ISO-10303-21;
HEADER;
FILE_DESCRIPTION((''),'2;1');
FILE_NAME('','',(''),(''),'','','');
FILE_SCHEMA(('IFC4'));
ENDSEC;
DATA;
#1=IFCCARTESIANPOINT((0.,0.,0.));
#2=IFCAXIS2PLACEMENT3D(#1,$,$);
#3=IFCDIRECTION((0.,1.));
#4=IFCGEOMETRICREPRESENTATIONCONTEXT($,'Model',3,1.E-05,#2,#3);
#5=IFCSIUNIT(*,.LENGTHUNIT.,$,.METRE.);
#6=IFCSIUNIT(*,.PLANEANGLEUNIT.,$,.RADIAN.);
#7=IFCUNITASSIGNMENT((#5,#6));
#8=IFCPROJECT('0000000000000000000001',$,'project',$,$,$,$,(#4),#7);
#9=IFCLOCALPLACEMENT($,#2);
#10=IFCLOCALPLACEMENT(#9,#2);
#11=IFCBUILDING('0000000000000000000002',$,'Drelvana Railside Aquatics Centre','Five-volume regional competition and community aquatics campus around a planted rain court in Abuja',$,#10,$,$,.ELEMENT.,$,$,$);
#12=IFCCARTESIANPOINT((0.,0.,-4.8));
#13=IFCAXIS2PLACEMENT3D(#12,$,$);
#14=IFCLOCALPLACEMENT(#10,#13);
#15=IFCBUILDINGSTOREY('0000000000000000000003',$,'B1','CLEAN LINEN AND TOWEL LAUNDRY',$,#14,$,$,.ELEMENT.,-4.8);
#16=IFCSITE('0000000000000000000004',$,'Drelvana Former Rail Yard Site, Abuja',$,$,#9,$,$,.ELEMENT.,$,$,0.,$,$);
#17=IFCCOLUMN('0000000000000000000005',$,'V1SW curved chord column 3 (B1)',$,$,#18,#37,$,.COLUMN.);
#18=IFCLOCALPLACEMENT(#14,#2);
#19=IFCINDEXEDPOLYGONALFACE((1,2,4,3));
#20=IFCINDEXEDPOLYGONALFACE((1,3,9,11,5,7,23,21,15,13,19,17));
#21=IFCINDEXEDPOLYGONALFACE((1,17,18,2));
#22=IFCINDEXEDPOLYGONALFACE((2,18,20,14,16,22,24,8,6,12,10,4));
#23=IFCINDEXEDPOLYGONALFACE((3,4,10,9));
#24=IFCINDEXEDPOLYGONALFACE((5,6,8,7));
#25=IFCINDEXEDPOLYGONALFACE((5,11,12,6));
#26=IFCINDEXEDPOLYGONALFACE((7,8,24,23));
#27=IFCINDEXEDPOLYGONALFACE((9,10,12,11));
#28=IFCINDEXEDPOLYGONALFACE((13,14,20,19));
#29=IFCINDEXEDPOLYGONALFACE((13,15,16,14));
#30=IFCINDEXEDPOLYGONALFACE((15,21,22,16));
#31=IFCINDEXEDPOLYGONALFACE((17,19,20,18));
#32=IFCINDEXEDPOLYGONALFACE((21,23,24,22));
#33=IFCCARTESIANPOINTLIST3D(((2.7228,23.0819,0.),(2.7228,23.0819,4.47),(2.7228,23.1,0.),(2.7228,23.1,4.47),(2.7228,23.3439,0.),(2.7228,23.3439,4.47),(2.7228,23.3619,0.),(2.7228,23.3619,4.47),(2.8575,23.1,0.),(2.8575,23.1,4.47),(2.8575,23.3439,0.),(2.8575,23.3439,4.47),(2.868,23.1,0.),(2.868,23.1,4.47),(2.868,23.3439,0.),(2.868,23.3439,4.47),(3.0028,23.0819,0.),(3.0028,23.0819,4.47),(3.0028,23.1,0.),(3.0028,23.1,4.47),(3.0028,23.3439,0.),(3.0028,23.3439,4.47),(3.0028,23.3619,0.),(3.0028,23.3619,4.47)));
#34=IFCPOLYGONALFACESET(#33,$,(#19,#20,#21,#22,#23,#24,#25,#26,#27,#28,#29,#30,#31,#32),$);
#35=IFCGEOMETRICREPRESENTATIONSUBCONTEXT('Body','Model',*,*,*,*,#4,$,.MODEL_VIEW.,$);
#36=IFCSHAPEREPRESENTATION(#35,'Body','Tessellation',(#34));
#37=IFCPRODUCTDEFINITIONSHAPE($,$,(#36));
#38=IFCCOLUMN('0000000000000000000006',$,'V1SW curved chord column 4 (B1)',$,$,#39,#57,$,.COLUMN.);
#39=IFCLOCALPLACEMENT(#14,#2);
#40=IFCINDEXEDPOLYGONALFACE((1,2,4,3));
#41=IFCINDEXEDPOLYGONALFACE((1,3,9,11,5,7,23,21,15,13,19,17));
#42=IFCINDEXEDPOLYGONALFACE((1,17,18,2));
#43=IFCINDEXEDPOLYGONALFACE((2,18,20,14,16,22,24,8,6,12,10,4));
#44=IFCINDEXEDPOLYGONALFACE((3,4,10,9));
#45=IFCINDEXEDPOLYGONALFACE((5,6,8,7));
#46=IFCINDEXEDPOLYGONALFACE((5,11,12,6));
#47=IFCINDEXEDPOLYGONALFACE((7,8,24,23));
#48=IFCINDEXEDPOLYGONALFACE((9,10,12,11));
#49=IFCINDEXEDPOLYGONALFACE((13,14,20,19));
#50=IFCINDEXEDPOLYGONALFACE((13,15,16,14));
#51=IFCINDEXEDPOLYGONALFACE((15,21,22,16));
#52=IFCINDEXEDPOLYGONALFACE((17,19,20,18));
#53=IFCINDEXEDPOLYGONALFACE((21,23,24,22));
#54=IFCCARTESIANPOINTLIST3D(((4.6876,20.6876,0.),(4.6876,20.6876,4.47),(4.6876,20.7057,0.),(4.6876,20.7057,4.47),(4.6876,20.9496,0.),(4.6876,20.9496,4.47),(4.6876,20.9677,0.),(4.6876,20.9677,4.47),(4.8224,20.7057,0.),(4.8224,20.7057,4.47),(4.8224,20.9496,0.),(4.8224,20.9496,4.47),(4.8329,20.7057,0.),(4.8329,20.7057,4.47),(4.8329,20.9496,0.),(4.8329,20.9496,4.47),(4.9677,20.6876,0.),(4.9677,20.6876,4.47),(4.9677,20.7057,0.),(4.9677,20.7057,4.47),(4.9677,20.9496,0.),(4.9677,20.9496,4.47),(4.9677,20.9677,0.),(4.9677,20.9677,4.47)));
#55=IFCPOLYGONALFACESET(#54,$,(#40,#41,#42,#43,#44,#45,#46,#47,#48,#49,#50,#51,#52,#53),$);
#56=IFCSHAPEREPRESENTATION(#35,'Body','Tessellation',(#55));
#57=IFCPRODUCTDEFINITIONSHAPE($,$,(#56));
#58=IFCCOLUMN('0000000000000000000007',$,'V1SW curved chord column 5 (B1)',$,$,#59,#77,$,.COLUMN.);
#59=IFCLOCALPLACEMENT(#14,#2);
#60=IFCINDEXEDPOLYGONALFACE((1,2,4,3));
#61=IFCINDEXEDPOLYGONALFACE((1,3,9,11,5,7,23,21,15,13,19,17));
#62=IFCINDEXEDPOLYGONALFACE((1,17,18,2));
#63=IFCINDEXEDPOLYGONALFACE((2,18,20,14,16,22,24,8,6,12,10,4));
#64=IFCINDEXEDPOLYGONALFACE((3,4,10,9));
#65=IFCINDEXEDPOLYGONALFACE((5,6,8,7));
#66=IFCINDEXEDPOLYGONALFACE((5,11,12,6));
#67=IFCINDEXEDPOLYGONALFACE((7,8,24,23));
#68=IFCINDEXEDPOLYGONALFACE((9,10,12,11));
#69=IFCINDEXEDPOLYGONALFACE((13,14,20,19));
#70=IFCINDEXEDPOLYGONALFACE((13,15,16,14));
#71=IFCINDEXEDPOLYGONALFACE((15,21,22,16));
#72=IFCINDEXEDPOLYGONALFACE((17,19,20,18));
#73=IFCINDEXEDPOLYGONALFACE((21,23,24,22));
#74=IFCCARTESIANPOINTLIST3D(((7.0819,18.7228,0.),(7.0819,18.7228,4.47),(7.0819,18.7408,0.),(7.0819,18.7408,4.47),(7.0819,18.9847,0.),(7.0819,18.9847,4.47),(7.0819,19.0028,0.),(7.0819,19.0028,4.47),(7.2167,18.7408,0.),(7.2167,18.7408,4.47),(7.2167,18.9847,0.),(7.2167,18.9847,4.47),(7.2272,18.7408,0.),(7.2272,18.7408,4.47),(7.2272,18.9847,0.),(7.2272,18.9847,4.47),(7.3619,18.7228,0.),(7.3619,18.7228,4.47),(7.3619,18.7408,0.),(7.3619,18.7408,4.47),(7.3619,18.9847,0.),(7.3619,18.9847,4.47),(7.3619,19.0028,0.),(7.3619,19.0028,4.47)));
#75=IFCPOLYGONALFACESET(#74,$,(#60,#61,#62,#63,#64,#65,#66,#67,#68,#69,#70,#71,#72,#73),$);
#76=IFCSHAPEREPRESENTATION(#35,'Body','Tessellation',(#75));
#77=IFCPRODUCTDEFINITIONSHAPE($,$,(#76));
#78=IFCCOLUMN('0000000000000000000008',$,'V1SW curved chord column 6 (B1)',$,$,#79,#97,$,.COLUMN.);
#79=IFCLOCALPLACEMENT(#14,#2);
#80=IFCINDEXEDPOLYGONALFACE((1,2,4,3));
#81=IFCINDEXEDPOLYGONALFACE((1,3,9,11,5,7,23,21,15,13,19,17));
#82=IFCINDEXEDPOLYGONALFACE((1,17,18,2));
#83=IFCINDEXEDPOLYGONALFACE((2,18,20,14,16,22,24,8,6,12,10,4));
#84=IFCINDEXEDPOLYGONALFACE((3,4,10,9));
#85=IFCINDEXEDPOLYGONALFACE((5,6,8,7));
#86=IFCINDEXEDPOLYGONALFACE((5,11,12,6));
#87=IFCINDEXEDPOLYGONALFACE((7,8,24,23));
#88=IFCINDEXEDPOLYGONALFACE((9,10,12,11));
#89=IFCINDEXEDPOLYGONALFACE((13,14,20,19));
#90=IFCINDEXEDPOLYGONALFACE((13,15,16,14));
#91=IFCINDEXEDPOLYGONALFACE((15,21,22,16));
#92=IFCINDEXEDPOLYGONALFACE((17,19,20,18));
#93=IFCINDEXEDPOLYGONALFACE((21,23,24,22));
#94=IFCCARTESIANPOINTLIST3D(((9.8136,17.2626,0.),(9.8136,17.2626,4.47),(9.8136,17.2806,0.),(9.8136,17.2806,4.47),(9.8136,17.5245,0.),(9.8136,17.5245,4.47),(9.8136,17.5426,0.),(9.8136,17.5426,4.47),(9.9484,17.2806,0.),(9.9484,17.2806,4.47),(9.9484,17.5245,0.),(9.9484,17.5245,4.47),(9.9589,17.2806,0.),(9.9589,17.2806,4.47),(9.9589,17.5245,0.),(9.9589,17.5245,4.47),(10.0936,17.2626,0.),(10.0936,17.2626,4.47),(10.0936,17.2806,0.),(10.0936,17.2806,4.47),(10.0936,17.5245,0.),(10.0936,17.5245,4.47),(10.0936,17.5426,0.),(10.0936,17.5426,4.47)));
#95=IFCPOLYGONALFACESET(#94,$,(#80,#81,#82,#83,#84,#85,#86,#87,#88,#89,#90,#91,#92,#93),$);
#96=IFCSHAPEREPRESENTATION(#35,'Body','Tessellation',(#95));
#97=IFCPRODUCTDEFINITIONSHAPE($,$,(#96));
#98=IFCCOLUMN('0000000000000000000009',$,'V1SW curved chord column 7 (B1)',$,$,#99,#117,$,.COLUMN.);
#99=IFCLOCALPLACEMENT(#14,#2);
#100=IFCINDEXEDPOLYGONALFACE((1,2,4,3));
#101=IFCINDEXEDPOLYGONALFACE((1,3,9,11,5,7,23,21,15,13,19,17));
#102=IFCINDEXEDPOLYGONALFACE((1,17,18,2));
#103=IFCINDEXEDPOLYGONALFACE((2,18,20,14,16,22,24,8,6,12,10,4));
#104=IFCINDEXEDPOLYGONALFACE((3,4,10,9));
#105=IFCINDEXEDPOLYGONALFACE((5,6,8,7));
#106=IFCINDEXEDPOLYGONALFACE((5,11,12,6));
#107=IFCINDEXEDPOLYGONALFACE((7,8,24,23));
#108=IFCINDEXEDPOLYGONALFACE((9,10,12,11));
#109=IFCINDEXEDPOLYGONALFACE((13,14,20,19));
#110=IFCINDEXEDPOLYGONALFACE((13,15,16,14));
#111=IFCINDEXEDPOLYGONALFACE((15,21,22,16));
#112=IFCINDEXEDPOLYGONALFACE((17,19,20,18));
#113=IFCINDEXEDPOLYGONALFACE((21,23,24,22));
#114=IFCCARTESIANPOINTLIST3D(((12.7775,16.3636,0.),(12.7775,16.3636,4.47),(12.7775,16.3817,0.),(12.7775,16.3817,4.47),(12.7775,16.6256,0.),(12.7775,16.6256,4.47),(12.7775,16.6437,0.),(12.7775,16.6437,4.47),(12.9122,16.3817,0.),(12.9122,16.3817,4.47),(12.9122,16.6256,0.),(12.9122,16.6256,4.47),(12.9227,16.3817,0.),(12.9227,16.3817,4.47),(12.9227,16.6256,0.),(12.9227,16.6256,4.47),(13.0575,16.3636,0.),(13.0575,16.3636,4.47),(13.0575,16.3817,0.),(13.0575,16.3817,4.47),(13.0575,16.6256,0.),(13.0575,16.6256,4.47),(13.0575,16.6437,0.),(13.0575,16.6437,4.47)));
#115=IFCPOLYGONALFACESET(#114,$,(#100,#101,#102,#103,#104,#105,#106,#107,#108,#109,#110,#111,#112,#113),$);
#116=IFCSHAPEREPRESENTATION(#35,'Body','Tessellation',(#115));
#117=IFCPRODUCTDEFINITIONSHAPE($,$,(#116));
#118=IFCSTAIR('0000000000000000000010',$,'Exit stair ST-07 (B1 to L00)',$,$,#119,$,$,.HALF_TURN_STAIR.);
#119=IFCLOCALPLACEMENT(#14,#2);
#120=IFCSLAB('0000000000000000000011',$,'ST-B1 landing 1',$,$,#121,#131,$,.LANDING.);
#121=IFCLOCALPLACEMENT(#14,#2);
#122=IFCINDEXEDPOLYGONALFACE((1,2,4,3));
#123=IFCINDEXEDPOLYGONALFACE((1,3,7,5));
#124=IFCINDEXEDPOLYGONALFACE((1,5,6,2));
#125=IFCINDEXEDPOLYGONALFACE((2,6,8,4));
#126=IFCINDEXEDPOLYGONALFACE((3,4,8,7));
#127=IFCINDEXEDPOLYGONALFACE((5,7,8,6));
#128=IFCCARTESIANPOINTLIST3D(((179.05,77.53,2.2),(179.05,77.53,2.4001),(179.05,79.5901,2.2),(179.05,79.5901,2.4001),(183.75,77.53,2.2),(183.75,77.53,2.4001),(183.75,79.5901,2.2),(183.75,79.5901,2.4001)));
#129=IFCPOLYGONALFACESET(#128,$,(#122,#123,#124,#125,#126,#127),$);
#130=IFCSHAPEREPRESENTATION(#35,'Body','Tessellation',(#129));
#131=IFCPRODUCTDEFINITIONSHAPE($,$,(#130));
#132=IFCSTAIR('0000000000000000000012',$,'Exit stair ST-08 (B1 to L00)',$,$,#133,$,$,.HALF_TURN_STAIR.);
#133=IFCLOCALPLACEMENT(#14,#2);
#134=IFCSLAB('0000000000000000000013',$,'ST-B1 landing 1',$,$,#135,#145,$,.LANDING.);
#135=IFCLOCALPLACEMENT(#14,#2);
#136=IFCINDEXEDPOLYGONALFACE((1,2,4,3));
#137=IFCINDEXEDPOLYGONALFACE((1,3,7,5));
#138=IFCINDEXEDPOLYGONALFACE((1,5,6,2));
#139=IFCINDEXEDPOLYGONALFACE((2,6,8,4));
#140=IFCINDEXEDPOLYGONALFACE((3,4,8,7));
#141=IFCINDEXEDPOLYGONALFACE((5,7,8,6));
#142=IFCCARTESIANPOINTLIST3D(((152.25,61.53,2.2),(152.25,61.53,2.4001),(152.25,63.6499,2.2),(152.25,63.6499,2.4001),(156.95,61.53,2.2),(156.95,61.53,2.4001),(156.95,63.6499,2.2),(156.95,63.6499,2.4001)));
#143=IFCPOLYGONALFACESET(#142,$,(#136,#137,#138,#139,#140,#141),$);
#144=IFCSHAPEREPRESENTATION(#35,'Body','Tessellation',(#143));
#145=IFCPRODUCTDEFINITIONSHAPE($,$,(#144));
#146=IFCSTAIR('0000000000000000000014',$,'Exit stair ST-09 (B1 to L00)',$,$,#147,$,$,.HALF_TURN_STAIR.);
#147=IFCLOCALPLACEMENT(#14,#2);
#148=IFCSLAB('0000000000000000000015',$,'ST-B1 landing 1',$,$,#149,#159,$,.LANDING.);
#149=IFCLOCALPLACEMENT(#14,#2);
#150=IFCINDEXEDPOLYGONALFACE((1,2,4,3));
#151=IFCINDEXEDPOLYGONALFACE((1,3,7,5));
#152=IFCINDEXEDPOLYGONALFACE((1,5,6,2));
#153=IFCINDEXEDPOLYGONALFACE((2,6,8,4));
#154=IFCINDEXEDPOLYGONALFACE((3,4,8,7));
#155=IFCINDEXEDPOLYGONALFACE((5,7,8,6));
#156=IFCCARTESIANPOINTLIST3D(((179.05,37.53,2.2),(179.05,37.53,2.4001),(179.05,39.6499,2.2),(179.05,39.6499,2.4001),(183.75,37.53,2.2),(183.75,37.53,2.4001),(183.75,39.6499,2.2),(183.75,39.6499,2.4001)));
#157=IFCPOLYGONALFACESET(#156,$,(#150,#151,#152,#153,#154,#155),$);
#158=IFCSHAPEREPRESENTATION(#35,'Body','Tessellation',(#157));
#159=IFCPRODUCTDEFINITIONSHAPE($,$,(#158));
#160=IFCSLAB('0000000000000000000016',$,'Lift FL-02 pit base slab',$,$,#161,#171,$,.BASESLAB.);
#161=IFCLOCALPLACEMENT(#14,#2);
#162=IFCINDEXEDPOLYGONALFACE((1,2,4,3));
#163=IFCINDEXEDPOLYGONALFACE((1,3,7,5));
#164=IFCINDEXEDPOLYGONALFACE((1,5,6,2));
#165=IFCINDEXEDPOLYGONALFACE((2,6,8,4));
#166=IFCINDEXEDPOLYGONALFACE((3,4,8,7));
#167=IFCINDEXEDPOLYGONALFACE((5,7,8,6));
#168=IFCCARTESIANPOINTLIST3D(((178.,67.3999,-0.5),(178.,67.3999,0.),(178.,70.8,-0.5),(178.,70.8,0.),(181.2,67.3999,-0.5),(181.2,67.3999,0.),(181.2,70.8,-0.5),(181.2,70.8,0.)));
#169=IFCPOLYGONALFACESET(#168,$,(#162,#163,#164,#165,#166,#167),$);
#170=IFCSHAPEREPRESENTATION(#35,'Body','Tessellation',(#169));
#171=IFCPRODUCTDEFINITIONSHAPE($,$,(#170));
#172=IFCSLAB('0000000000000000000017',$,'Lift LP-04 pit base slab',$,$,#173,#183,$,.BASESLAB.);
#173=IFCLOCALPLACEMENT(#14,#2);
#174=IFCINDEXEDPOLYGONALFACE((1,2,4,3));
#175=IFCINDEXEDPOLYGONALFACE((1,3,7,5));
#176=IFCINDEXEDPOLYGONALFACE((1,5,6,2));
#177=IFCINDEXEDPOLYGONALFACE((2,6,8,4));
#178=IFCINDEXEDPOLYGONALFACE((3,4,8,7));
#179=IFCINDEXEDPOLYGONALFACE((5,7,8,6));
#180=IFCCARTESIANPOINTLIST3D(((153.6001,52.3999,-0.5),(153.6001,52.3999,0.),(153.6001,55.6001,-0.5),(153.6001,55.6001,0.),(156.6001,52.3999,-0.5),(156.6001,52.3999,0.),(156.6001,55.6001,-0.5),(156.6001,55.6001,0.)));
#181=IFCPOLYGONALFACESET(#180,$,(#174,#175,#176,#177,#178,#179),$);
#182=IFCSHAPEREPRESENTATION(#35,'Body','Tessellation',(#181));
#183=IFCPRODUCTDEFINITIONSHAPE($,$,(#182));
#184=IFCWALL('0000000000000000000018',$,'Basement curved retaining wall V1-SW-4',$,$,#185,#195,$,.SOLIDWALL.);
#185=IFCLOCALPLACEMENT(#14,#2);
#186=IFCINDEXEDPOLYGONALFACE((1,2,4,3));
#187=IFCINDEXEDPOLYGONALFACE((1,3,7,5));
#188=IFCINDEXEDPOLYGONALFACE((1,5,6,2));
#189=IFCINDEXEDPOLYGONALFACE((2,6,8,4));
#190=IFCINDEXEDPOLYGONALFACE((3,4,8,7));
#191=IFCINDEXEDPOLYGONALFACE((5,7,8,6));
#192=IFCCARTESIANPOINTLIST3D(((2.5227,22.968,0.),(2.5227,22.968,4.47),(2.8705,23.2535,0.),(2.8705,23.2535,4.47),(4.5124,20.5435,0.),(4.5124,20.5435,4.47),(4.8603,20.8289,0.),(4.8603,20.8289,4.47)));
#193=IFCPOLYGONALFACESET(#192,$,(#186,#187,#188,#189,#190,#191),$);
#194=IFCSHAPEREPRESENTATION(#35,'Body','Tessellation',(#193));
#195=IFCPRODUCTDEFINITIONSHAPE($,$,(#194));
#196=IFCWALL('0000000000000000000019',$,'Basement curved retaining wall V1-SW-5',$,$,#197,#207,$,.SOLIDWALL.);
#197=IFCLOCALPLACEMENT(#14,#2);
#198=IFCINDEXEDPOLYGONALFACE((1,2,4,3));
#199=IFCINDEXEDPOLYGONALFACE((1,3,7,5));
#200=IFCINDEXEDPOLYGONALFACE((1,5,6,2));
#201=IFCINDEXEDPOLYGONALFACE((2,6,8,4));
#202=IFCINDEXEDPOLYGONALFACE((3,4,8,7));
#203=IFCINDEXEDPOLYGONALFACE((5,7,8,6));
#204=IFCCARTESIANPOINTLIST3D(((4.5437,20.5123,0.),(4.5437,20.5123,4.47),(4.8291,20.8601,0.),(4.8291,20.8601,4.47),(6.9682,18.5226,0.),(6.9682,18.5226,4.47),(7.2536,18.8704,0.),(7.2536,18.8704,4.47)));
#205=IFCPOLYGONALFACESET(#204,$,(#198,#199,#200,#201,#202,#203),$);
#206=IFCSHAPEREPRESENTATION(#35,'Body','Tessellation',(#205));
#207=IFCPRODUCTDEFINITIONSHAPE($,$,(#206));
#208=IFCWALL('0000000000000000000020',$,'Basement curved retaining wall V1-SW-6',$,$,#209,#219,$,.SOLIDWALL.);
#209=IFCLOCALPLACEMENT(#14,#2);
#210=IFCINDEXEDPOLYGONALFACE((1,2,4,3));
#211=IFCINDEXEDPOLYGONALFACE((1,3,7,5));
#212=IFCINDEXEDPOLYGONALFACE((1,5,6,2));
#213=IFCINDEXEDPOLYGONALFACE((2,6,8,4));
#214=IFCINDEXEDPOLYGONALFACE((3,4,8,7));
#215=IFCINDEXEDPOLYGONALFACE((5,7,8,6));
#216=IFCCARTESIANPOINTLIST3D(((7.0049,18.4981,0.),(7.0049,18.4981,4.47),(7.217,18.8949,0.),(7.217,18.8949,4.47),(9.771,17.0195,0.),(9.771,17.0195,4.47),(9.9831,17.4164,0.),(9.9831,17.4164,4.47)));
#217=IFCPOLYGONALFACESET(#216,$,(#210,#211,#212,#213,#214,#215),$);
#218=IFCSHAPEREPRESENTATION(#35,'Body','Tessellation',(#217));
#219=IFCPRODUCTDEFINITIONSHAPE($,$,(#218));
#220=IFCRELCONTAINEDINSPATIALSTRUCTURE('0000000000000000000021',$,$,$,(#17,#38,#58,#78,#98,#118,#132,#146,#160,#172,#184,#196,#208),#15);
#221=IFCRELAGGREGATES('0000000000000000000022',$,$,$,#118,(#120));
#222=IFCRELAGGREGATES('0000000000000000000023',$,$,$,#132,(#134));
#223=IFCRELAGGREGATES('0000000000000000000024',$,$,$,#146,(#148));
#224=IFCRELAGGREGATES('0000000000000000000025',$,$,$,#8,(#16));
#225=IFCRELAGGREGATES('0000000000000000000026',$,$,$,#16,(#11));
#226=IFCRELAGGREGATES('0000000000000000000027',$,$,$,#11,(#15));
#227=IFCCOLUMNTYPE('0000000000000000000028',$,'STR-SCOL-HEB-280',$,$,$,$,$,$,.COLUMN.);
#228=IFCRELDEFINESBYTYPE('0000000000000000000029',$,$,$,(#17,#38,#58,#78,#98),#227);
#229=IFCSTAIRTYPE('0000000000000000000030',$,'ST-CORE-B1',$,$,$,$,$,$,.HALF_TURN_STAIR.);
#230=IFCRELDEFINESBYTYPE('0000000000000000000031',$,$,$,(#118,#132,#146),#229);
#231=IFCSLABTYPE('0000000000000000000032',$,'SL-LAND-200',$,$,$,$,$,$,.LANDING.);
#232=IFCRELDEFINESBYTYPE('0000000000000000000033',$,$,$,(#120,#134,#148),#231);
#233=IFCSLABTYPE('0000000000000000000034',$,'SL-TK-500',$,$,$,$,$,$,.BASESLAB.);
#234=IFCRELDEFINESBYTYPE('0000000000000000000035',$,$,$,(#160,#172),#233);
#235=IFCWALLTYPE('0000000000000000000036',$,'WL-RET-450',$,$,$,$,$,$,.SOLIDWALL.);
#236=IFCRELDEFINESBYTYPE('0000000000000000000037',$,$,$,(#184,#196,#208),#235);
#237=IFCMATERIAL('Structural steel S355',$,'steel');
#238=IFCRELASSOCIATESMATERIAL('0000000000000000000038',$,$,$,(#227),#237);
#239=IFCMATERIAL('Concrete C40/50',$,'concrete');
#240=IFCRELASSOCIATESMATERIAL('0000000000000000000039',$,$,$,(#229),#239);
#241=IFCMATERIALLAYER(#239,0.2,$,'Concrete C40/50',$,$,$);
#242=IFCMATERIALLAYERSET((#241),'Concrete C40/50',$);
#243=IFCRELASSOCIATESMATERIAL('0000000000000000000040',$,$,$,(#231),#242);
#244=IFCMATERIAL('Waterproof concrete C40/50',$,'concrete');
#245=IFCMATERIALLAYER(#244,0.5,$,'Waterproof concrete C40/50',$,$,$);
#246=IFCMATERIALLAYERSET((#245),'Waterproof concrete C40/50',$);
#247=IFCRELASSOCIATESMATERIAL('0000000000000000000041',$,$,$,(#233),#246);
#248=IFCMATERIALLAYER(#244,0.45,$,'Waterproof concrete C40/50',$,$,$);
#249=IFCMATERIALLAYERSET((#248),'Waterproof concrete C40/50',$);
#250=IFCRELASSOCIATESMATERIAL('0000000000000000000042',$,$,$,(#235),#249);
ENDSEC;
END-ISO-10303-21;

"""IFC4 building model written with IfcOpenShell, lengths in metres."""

from ifc_helpers import new_model, si_unit, direction, frame, frame_2d, origin, origin_2d, place, context, subcontext, project, spatial, polyline, rectangle, i_section, outline, extrude, material, layer, layer_set, material_profile, profile_set, type_object, element, aggregate, save


model = new_model("IFC4")

# Units and contexts
model_context = context("Model", 3, precision=1e-05, world=origin(), true_north=direction((0.0, 1.0)))
body_context = subcontext(model_context, "Body", "Model", "MODEL_VIEW")
ifc_project = project(units=[si_unit("LENGTHUNIT", "METRE"), si_unit("PLANEANGLEUNIT", "RADIAN")], contexts=[model_context])

# Site, building, storey
site_placement = place(None, origin())
site = spatial("IfcSite", under=ifc_project, at=site_placement, Name="Drelvana Former Rail Yard Site, Abuja", CompositionType="ELEMENT", RefElevation=0.0)
building_placement = place(site_placement, origin())
building = spatial("IfcBuilding", under=site, at=building_placement, Name="Drelvana Railside Aquatics Centre", Description="Five-volume regional competition and community aquatics campus around a planted rain court in Abuja", CompositionType="ELEMENT")
storey_placement = place(building_placement, frame((0.0, 0.0, -4.8)))
storey = spatial("IfcBuildingStorey", under=building, at=storey_placement, Name="B1", Description="CLEAN LINEN AND TOWEL LAUNDRY", CompositionType="ELEMENT", Elevation=-4.8)

# Columns
ifc_material_1 = material(Name="Concrete C40/50", Category="concrete")
ifc_material_2 = material(Name="Structural steel S355", Category="steel")
ifc_material_profile_1 = material_profile(ifc_material_2, i_section(OverallWidth=0.28, OverallDepth=0.28, WebThickness=0.0105, FlangeThickness=0.0181, at=origin_2d()), Name="HEB 280")
ifc_profile_set_1 = profile_set([ifc_material_profile_1], Name="Structural steel S355")
column_type_1 = type_object("IfcColumnType", Name="STR-SCOL-HEB-280", PredefinedType="COLUMN", material=ifc_profile_set_1)
for number, where, z_axis, x_axis, name in (
    (1, (2.8628, 23.2219, 0.0), (0.0, 0.0, 1.0), (1.0, 0.0, 0.0), "V1SW curved chord column 3 (B1)"),
    (2, (4.8276, 20.8276, 0.0), (0.0, 0.0, 1.0), (1.0, 0.0, 0.0), "V1SW curved chord column 4 (B1)"),
    (3, (7.2219, 18.8628, 0.0), (0.0, 0.0, 1.0), (1.0, 0.0, 0.0), "V1SW curved chord column 5 (B1)"),
    (4, (9.9536, 17.4026, 0.0), (0.0, 0.0, 1.0), (1.0, 0.0, 0.0), "V1SW curved chord column 6 (B1)"),
    (5, (12.9175, 16.5037, 0.0), (0.0, 0.0, 1.0), (1.0, 0.0, 0.0), "V1SW curved chord column 7 (B1)"),
):
    element("IfcColumn", number, at=place(storey_placement, frame(where, z_axis=z_axis, x_axis=x_axis)), inside=storey, type_object=column_type_1, Name=name, PredefinedType="COLUMN", context=body_context, shape_type="SweptSolid", body=[
        extrude(i_section(OverallWidth=0.28, OverallDepth=0.28, WebThickness=0.0105, FlangeThickness=0.0181, at=origin_2d()), origin(), (0.0, 0.0, 1.0), 4.47),
    ])

# Stairs, slabs
stair_type = type_object("IfcStairType", Name="ST-CORE-B1", PredefinedType="HALF_TURN_STAIR", material=ifc_material_1)
stair_1_placement = place(storey_placement, origin())
stair_1 = element("IfcStair", 6, at=stair_1_placement, inside=storey, type_object=stair_type, Name="Exit stair ST-07 (B1 to L00)", PredefinedType="HALF_TURN_STAIR")
ifc_layer_1 = layer(ifc_material_1, 0.2, Name="Concrete C40/50")
ifc_layer_set_1 = layer_set([ifc_layer_1], Name="Concrete C40/50")
slab_type_1 = type_object("IfcSlabType", Name="SL-LAND-200", PredefinedType="LANDING", material=ifc_layer_set_1)
slab_1_placement = place(storey_placement, frame((0.0, 0.0, 2.2)))
slab_1 = element("IfcSlab", 7, at=slab_1_placement, type_object=slab_type_1, Name="ST-B1 landing 1", PredefinedType="LANDING", context=body_context, shape_type="SweptSolid", body=[
    extrude(outline(polyline([(179.05, 77.53), (183.75, 77.53), (183.75, 79.5901), (179.05, 79.5901), (179.05, 77.53)])), origin(), (0.0, 0.0, 1.0), 0.2002),
])
aggregate(stair_1, [slab_1])
stair_2_placement = place(storey_placement, origin())
stair_2 = element("IfcStair", 8, at=stair_2_placement, inside=storey, type_object=stair_type, Name="Exit stair ST-08 (B1 to L00)", PredefinedType="HALF_TURN_STAIR")
slab_2_placement = place(storey_placement, frame((0.0, 0.0, 2.2)))
slab_2 = element("IfcSlab", 9, at=slab_2_placement, type_object=slab_type_1, Name="ST-B1 landing 1", PredefinedType="LANDING", context=body_context, shape_type="SweptSolid", body=[
    extrude(outline(polyline([(152.25, 61.53), (156.95, 61.53), (156.95, 63.6499), (152.25, 63.6499), (152.25, 61.53)])), origin(), (0.0, 0.0, 1.0), 0.2002),
])
aggregate(stair_2, [slab_2])
stair_3_placement = place(storey_placement, origin())
stair_3 = element("IfcStair", 10, at=stair_3_placement, inside=storey, type_object=stair_type, Name="Exit stair ST-09 (B1 to L00)", PredefinedType="HALF_TURN_STAIR")
slab_3_placement = place(storey_placement, frame((0.0, 0.0, 2.2)))
slab_3 = element("IfcSlab", 11, at=slab_3_placement, type_object=slab_type_1, Name="ST-B1 landing 1", PredefinedType="LANDING", context=body_context, shape_type="SweptSolid", body=[
    extrude(outline(polyline([(179.05, 37.53), (183.75, 37.53), (183.75, 39.6499), (179.05, 39.6499), (179.05, 37.53)])), origin(), (0.0, 0.0, 1.0), 0.2002),
])
aggregate(stair_3, [slab_3])

# Slabs
ifc_material_3 = material(Name="Waterproof concrete C40/50", Category="concrete")
ifc_layer_2 = layer(ifc_material_3, 0.5, Name="Waterproof concrete C40/50")
ifc_layer_set_2 = layer_set([ifc_layer_2], Name="Waterproof concrete C40/50")
slab_type_2 = type_object("IfcSlabType", Name="SL-TK-500", PredefinedType="BASESLAB", material=ifc_layer_set_2)
slab_4_placement = place(storey_placement, frame((0.0, 0.0, -0.5)))
element("IfcSlab", 12, at=slab_4_placement, inside=storey, type_object=slab_type_2, Name="Lift FL-02 pit base slab", PredefinedType="BASESLAB", context=body_context, shape_type="SweptSolid", body=[
    extrude(outline(polyline([(178.0, 67.3999), (181.2, 67.3999), (181.2, 70.8), (178.0, 70.8), (178.0, 67.3999)])), origin(), (0.0, 0.0, 1.0), 0.5),
])
slab_5_placement = place(storey_placement, frame((0.0, 0.0, -0.5)))
element("IfcSlab", 13, at=slab_5_placement, inside=storey, type_object=slab_type_2, Name="Lift LP-04 pit base slab", PredefinedType="BASESLAB", context=body_context, shape_type="SweptSolid", body=[
    extrude(outline(polyline([(153.6001, 52.3999), (156.6001, 52.3999), (156.6001, 55.6001), (153.6001, 55.6001), (153.6001, 52.3999)])), origin(), (0.0, 0.0, 1.0), 0.5),
])

# Walls
ifc_layer_3 = layer(ifc_material_3, 0.45, Name="Waterproof concrete C40/50")
ifc_layer_set_3 = layer_set([ifc_layer_3], Name="Waterproof concrete C40/50")
wall_type = type_object("IfcWallType", Name="WL-RET-450", PredefinedType="SOLIDWALL", material=ifc_layer_set_3)
for number, where, z_axis, x_axis, name in (
    (14, (2.6965, 23.1108, 0.0), (0.0, 0.0, 1.0), (0.634386, -0.773017, 0.0), "Basement curved retaining wall V1-SW-4"),
    (15, (4.6863, 20.6863, 0.0), (0.0, 0.0, 1.0), (0.773017, -0.634386, 0.0), "Basement curved retaining wall V1-SW-5"),
    (16, (7.1108, 18.6965, 0.0), (0.0, 0.0, 1.0), (0.881922, -0.471396, 0.0), "Basement curved retaining wall V1-SW-6"),
):
    element("IfcWall", number, at=place(storey_placement, frame(where, z_axis=z_axis, x_axis=x_axis)), inside=storey, type_object=wall_type, Name=name, PredefinedType="SOLIDWALL", context=body_context, shape_type="SweptSolid", body=[
        extrude(rectangle(XDim=3.1365, YDim=0.45, at=frame_2d((1.5684, 0.0))), origin(), (0.0, 0.0, 1.0), 4.47),
    ])

save(model, "model.ifc")
